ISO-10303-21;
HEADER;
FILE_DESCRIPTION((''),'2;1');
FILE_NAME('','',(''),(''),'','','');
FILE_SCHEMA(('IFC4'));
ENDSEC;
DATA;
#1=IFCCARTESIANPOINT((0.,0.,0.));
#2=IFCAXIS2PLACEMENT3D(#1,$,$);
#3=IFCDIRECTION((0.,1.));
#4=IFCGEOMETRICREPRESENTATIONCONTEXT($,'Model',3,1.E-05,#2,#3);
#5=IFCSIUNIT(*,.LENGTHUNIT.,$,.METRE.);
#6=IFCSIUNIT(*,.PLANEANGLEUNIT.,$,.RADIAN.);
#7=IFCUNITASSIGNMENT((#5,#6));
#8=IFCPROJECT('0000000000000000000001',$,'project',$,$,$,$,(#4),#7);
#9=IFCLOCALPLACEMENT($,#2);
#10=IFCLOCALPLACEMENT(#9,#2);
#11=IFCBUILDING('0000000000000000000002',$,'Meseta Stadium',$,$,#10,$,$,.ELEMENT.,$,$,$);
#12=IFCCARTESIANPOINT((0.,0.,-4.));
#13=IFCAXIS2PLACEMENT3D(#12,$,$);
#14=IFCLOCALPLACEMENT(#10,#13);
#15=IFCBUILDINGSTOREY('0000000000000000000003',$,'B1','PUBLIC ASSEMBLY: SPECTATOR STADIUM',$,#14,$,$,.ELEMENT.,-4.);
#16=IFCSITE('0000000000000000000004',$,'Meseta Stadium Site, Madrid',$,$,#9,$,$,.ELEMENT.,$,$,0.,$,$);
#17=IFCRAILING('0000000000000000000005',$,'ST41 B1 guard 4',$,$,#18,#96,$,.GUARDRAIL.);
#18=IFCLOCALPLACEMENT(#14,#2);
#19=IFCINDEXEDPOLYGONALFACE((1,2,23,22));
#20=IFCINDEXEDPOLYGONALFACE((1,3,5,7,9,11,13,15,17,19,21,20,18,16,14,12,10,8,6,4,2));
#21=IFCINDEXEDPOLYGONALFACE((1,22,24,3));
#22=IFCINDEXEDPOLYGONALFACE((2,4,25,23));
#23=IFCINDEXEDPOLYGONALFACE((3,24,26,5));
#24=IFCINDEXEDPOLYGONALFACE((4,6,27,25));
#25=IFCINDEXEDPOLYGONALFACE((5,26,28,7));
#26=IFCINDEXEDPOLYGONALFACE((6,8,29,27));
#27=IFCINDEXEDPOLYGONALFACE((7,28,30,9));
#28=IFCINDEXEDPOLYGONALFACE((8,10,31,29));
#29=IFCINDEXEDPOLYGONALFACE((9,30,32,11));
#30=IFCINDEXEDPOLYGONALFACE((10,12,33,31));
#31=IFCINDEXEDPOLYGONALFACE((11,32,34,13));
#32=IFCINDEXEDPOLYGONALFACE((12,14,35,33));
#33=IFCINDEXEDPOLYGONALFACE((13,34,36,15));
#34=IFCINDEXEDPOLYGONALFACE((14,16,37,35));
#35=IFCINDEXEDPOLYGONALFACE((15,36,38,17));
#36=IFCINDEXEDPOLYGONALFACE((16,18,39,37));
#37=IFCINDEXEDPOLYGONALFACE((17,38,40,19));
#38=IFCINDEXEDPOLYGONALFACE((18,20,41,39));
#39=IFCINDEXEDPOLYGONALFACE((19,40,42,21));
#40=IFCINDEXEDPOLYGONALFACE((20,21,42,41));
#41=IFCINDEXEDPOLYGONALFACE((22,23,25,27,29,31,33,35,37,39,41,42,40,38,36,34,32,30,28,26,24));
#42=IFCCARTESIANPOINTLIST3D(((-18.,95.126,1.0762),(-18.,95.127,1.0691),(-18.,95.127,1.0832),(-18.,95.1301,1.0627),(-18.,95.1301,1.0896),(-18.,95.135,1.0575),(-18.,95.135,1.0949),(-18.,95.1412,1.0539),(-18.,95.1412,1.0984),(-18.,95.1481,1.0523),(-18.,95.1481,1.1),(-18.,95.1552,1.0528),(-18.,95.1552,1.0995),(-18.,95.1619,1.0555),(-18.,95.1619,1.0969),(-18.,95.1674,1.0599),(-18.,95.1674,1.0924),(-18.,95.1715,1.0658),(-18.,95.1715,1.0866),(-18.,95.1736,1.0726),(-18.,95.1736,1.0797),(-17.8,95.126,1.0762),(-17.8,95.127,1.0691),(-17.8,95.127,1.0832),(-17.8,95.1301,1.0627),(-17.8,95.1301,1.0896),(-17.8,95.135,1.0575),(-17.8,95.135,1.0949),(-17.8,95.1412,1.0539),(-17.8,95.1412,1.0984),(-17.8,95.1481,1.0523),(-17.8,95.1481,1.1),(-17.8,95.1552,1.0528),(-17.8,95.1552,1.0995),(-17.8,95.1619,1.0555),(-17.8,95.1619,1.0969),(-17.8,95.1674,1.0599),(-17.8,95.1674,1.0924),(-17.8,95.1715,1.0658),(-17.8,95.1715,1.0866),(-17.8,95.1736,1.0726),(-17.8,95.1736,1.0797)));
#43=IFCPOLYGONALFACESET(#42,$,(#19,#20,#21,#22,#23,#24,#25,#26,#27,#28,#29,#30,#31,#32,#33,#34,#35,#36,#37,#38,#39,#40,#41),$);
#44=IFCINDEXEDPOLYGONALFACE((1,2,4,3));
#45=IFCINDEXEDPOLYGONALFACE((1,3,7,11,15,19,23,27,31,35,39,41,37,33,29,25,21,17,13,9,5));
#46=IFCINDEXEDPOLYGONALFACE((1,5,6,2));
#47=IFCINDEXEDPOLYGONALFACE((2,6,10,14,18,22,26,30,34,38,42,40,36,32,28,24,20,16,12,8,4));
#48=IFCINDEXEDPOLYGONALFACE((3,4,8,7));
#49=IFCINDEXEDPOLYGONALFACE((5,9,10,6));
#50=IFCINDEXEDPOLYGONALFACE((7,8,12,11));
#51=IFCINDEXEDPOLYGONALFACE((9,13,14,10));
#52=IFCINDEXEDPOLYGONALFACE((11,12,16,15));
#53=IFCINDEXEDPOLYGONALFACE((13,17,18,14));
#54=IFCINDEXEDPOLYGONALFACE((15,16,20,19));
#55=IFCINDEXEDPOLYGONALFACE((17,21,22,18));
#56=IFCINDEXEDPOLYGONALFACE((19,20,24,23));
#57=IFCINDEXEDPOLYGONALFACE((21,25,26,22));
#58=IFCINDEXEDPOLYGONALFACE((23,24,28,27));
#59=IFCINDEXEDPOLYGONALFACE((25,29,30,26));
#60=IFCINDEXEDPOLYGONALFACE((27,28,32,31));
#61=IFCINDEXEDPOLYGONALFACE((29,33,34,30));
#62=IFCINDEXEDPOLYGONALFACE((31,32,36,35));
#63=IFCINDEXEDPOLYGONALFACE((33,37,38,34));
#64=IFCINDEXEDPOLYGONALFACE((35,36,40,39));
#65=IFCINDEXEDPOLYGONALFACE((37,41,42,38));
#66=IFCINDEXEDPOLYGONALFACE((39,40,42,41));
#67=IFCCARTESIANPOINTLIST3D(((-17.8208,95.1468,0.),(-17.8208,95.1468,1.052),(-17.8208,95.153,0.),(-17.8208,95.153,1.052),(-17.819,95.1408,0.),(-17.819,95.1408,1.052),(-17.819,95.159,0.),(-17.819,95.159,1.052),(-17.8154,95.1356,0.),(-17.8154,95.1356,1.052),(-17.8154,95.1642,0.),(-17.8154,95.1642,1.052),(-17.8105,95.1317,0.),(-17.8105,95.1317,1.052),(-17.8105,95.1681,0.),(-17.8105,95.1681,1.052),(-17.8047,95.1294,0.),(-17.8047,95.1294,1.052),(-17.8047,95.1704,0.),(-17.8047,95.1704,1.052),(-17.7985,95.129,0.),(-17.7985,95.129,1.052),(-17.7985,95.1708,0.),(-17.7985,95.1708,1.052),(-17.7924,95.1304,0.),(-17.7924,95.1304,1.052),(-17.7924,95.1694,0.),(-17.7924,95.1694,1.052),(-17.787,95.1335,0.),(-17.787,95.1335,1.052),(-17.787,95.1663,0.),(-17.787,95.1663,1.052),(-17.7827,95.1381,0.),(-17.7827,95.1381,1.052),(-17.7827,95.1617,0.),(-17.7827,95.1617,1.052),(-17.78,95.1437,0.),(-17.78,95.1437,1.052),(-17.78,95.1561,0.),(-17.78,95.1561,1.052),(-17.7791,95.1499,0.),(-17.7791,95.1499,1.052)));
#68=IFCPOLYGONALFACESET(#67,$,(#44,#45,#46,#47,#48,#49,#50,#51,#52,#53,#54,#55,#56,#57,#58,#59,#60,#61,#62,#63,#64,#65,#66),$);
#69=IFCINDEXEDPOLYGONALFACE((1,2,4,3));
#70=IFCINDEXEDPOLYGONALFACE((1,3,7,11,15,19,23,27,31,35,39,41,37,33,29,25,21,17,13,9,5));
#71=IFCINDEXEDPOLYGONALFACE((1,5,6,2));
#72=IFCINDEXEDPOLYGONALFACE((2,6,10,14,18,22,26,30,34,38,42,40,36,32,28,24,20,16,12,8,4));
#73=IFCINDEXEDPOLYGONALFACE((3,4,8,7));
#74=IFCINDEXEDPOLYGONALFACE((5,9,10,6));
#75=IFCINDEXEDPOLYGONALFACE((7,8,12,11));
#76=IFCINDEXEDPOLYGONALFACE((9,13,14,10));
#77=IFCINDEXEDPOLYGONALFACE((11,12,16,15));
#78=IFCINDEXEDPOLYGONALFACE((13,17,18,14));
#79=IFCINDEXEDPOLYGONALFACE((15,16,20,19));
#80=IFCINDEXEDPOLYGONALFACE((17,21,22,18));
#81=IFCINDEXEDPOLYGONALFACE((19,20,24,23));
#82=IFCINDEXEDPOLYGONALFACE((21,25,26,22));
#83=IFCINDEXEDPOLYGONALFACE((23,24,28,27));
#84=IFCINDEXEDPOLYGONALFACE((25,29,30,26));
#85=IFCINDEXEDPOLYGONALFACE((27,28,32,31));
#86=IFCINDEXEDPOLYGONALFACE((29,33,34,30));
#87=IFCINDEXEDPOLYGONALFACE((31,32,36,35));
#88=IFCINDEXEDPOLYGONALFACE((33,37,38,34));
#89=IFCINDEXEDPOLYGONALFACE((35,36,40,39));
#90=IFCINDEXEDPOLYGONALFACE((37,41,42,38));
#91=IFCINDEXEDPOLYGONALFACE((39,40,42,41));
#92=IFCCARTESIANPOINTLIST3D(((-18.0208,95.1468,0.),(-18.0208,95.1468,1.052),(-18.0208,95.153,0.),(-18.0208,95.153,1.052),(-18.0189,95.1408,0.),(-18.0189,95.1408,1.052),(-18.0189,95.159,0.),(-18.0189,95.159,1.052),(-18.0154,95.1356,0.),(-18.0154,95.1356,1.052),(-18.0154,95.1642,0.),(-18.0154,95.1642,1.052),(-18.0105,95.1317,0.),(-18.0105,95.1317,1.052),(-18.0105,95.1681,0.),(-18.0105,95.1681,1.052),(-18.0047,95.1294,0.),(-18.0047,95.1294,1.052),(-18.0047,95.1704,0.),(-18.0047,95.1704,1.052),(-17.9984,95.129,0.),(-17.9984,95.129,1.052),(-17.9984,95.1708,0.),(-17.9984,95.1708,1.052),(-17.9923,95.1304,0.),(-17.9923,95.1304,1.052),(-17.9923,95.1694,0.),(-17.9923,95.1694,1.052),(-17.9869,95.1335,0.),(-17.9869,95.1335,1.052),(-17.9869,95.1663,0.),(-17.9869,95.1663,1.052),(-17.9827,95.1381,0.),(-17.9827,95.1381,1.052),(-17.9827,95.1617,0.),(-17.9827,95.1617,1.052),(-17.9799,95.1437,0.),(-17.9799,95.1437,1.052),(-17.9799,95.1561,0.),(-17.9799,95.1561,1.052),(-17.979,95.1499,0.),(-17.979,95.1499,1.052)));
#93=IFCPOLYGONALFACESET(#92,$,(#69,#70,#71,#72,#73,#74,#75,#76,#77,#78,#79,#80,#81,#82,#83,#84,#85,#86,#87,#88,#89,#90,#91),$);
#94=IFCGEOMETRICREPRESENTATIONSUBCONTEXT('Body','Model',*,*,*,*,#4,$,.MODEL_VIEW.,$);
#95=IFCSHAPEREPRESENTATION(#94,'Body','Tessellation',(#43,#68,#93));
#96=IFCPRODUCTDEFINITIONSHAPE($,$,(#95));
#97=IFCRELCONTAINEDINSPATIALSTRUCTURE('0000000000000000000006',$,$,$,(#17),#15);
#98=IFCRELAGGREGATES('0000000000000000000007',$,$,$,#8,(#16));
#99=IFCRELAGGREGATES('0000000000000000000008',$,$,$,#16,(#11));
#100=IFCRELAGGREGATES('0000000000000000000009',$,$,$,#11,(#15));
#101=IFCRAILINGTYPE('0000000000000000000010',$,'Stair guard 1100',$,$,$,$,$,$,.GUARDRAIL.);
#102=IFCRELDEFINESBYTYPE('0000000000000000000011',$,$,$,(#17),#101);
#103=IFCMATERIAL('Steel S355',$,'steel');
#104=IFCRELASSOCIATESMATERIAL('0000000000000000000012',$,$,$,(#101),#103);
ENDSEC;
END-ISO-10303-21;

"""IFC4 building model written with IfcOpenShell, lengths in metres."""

from ifc_helpers import new_model, si_unit, direction, frame, origin, origin_2d, place, context, subcontext, project, spatial, circle, extrude, material, type_object, element, save


model = new_model("IFC4")

# Units and contexts
model_context = context("Model", 3, precision=1e-05, world=origin(), true_north=direction((0.0, 1.0)))
body_context = subcontext(model_context, "Body", "Model", "MODEL_VIEW")
ifc_project = project(units=[si_unit("LENGTHUNIT", "METRE"), si_unit("PLANEANGLEUNIT", "RADIAN")], contexts=[model_context])

# Site, building, storey
site_placement = place(None, origin())
site = spatial("IfcSite", under=ifc_project, at=site_placement, Name="Meseta Stadium Site, Madrid", CompositionType="ELEMENT", RefElevation=0.0)
building_placement = place(site_placement, origin())
building = spatial("IfcBuilding", under=site, at=building_placement, Name="Meseta Stadium", CompositionType="ELEMENT")
storey_placement = place(building_placement, frame((0.0, 0.0, -4.0)))
storey = spatial("IfcBuildingStorey", under=building, at=storey_placement, Name="B1", Description="PUBLIC ASSEMBLY: SPECTATOR STADIUM", CompositionType="ELEMENT", Elevation=-4.0)

# Railing
ifc_material_1 = material(Name="Steel S355", Category="steel")
railing_type_1 = type_object("IfcRailingType", Name="Stair guard 1100", PredefinedType="GUARDRAIL", material=ifc_material_1)
railing_1_placement = place(storey_placement, frame((-17.8, 95.1499, 0.0)))
element("IfcRailing", 1, at=railing_1_placement, inside=storey, type_object=railing_type_1, Name="ST41 B1 guard 4", PredefinedType="GUARDRAIL", context=body_context, shape_type="SweptSolid", body=[
    extrude(circle(Radius=0.0239, at=origin_2d()), frame((0.0, 0.0, 1.0762), z_axis=(-1.0, 0.0, 0.0), x_axis=(0.0, -1.0, 0.0)), (0.0, 0.0, 1.0), 0.2),
    extrude(circle(Radius=0.021, at=origin_2d()), origin(), (0.0, 0.0, 1.0), 1.052),
    extrude(circle(Radius=0.021, at=origin_2d()), frame((-0.2, 0.0, 0.0)), (0.0, 0.0, 1.0), 1.052),
])

save(model, "model.ifc")
